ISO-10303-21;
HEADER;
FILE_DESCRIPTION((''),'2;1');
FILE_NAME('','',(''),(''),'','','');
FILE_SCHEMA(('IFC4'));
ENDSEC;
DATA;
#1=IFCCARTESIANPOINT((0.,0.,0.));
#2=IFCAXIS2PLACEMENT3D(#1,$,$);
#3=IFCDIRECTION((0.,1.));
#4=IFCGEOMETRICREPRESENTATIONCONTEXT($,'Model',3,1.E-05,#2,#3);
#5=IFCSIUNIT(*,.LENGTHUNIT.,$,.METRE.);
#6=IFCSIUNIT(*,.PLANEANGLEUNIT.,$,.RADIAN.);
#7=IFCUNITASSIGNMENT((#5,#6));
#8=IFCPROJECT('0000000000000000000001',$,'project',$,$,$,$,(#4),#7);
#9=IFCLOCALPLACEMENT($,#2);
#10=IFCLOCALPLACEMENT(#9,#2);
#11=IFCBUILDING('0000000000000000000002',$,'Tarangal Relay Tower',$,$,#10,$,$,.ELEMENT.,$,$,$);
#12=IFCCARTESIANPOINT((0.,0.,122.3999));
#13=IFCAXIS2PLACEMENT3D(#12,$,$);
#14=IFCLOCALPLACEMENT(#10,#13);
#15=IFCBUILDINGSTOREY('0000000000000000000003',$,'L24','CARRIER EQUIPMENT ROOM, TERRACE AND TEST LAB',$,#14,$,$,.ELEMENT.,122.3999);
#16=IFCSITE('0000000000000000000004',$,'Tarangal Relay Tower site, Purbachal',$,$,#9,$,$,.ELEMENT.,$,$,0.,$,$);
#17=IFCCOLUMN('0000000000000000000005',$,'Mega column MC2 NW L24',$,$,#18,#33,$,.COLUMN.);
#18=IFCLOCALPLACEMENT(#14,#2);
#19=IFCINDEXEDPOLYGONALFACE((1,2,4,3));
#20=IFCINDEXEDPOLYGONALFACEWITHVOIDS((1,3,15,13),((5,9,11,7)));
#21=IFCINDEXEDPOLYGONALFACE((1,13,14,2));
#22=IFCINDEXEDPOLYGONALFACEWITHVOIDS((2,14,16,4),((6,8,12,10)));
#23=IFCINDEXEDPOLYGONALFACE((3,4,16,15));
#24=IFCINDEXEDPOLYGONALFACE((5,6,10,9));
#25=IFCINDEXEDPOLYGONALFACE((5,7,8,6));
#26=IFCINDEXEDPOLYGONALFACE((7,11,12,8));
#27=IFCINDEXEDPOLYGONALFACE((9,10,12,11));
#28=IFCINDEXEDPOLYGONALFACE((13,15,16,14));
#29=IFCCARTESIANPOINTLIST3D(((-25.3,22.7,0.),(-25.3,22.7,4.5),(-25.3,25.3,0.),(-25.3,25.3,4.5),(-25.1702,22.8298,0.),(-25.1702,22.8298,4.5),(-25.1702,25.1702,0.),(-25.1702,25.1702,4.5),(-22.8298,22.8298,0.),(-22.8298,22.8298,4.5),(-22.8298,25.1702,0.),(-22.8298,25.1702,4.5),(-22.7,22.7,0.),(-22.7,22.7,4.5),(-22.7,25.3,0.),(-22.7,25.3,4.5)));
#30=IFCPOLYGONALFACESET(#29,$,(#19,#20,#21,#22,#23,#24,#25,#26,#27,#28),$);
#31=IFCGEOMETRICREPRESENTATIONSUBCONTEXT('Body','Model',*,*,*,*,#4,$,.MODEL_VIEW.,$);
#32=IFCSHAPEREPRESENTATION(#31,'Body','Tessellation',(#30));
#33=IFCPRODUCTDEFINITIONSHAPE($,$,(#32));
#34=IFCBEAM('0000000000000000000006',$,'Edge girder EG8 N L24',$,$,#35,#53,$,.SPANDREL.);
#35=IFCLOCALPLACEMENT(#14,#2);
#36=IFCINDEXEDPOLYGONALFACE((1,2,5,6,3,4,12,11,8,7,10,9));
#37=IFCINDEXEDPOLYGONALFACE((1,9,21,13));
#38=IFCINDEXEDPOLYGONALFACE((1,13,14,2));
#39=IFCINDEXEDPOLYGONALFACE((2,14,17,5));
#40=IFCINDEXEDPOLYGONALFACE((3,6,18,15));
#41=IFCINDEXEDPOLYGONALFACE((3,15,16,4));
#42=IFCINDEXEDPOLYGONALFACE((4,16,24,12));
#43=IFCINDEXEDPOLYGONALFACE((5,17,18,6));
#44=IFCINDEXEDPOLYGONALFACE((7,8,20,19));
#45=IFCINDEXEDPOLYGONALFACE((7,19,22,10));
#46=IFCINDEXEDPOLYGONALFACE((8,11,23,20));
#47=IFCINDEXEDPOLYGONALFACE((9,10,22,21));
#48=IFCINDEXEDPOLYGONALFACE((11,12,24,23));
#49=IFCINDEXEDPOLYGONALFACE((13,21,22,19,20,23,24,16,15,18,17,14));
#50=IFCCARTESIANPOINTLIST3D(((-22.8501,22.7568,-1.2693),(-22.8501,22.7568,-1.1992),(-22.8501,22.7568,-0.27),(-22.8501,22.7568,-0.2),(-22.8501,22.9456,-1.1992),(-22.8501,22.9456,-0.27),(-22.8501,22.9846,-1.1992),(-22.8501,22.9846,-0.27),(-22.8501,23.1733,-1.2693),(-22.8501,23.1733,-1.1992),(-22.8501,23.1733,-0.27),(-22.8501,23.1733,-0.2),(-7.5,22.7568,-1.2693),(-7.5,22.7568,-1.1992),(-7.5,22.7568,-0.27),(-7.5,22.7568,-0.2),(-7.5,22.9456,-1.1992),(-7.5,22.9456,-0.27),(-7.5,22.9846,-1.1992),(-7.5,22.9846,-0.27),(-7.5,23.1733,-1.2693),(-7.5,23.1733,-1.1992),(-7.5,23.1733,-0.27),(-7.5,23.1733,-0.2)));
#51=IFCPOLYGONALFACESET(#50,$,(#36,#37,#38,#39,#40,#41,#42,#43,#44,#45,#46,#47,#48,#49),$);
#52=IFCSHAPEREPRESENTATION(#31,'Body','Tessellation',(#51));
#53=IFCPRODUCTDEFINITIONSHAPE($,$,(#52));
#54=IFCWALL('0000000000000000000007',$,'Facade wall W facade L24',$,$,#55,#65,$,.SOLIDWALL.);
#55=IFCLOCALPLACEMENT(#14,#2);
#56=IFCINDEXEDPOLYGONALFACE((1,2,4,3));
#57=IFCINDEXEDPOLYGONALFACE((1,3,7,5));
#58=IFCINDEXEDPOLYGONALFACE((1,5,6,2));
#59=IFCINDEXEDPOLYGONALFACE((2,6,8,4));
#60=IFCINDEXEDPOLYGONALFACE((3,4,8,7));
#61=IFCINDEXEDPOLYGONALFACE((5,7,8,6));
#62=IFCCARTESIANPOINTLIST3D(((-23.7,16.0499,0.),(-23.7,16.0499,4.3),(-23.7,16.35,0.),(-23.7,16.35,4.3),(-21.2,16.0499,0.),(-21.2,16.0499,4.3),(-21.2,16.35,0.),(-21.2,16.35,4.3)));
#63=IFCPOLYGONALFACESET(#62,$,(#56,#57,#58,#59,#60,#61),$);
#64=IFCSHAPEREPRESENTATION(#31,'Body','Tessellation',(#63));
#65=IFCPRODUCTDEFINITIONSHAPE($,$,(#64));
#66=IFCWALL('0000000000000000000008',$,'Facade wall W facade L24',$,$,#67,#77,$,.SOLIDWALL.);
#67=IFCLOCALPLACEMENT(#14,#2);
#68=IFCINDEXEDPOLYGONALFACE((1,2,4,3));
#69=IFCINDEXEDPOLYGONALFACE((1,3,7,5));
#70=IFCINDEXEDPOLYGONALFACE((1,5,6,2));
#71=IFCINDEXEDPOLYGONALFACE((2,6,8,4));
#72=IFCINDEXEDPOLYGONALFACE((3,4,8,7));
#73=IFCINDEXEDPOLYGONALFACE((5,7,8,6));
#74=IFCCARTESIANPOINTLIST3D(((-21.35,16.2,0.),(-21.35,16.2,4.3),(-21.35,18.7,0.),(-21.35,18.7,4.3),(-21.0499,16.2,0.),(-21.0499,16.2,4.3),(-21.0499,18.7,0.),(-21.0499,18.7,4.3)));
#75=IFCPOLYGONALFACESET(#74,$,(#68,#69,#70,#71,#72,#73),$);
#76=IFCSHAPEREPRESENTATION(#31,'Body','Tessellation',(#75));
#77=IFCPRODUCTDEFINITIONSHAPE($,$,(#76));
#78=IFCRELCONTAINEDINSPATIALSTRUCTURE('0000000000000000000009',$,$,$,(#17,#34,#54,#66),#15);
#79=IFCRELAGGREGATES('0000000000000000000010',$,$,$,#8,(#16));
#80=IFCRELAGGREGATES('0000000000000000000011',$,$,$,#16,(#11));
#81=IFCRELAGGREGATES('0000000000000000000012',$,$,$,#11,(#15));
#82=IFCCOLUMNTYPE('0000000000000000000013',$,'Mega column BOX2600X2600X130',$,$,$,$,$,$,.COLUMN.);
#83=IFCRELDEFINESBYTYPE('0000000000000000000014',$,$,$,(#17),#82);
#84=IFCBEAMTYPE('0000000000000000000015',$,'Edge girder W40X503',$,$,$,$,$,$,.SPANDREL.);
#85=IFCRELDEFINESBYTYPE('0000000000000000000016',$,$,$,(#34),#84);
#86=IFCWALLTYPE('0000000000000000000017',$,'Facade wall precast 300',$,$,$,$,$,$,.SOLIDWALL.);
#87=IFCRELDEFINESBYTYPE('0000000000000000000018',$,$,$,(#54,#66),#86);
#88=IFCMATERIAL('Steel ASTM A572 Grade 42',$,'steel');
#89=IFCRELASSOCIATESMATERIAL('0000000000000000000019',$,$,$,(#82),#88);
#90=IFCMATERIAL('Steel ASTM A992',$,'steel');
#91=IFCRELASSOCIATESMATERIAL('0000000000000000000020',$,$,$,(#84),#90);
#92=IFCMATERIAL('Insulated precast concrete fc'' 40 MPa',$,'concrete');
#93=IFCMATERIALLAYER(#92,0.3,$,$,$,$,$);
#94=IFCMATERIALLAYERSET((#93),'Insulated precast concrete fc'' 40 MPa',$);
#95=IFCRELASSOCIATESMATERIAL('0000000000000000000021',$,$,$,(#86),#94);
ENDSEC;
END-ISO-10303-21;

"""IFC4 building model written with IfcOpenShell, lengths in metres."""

from ifc_helpers import new_model, si_unit, direction, frame, frame_2d, origin, origin_2d, place, context, subcontext, project, spatial, rectangle, hollow_rectangle, i_section, extrude, material, layer, layer_set, material_profile, profile_set, type_object, element, save


model = new_model("IFC4")

# Units and contexts
model_context = context("Model", 3, precision=1e-05, world=origin(), true_north=direction((0.0, 1.0)))
body_context = subcontext(model_context, "Body", "Model", "MODEL_VIEW")
ifc_project = project(units=[si_unit("LENGTHUNIT", "METRE"), si_unit("PLANEANGLEUNIT", "RADIAN")], contexts=[model_context])

# Site, building, storey
site_placement = place(None, origin())
site = spatial("IfcSite", under=ifc_project, at=site_placement, Name="Tarangal Relay Tower site, Purbachal", CompositionType="ELEMENT", RefElevation=0.0)
building_placement = place(site_placement, origin())
building = spatial("IfcBuilding", under=site, at=building_placement, Name="Tarangal Relay Tower", CompositionType="ELEMENT")
storey_placement = place(building_placement, frame((0.0, 0.0, 122.3999)))
storey = spatial("IfcBuildingStorey", under=building, at=storey_placement, Name="L24", Description="CARRIER EQUIPMENT ROOM, TERRACE AND TEST LAB", CompositionType="ELEMENT", Elevation=122.3999)

# Column
ifc_material_1 = material(Name="Steel ASTM A572 Grade 42", Category="steel")
ifc_material_profile_1 = material_profile(ifc_material_1, hollow_rectangle(XDim=2.6001, YDim=2.6001, WallThickness=0.1299, at=origin_2d()), Name="BOX2600X2600X130")
ifc_profile_set_1 = profile_set([ifc_material_profile_1], Name="Steel ASTM A572 Grade 42")
column_type = type_object("IfcColumnType", Name="Mega column BOX2600X2600X130", PredefinedType="COLUMN", material=ifc_profile_set_1)
column_placement = place(storey_placement, frame((-24.0, 24.0, 0.0), z_axis=(0.0, 0.0, 1.0), x_axis=(1.0, 0.0, 0.0)))
element("IfcColumn", 1, at=column_placement, inside=storey, type_object=column_type, Name="Mega column MC2 NW L24", PredefinedType="COLUMN", context=body_context, shape_type="SweptSolid", body=[
    extrude(hollow_rectangle(XDim=2.6001, YDim=2.6001, WallThickness=0.1299, at=origin_2d()), origin(), (0.0, 0.0, 1.0), 4.5),
])

# Beam
ifc_material_2 = material(Name="Steel ASTM A992", Category="steel")
ifc_material_profile_2 = material_profile(ifc_material_2, i_section(OverallWidth=0.4165, OverallDepth=1.0693, WebThickness=0.0391, FlangeThickness=0.0701, at=origin_2d()), Name="W40X503")
ifc_profile_set_2 = profile_set([ifc_material_profile_2], Name="Steel ASTM A992")
beam_type = type_object("IfcBeamType", Name="Edge girder W40X503", PredefinedType="SPANDREL", material=ifc_profile_set_2)
beam_placement = place(storey_placement, frame((-22.8501, 22.9651, -0.7346), z_axis=(1.0, 0.0, 0.0), x_axis=(0.0, 1.0, 0.0)))
element("IfcBeam", 2, at=beam_placement, inside=storey, type_object=beam_type, Name="Edge girder EG8 N L24", PredefinedType="SPANDREL", context=body_context, shape_type="SweptSolid", body=[
    extrude(i_section(OverallWidth=0.4165, OverallDepth=1.0693, WebThickness=0.0391, FlangeThickness=0.0701, at=origin_2d()), origin(), (0.0, 0.0, 1.0), 15.3501),
])

# Walls
ifc_material_3 = material(Name="Insulated precast concrete fc' 40 MPa", Category="concrete")
ifc_layer = layer(ifc_material_3, 0.3)
ifc_layer_set = layer_set([ifc_layer], Name="Insulated precast concrete fc' 40 MPa")
wall_type = type_object("IfcWallType", Name="Facade wall precast 300", PredefinedType="SOLIDWALL", material=ifc_layer_set)
for number, where, z_axis, x_axis, name in (
    (3, (-23.7, 16.2, 0.0), (0.0, 0.0, 1.0), (1.0, 0.0, 0.0), "Facade wall W facade L24"),
    (4, (-21.2, 16.2, 0.0), (0.0, 0.0, 1.0), (0.0, 1.0, 0.0), "Facade wall W facade L24"),
):
    element("IfcWall", number, at=place(storey_placement, frame(where, z_axis=z_axis, x_axis=x_axis)), inside=storey, type_object=wall_type, Name=name, PredefinedType="SOLIDWALL", context=body_context, shape_type="SweptSolid", body=[
        extrude(rectangle(XDim=2.5, YDim=0.3, at=frame_2d((1.25, 0.0))), origin(), (0.0, 0.0, 1.0), 4.3),
    ])

save(model, "model.ifc")
